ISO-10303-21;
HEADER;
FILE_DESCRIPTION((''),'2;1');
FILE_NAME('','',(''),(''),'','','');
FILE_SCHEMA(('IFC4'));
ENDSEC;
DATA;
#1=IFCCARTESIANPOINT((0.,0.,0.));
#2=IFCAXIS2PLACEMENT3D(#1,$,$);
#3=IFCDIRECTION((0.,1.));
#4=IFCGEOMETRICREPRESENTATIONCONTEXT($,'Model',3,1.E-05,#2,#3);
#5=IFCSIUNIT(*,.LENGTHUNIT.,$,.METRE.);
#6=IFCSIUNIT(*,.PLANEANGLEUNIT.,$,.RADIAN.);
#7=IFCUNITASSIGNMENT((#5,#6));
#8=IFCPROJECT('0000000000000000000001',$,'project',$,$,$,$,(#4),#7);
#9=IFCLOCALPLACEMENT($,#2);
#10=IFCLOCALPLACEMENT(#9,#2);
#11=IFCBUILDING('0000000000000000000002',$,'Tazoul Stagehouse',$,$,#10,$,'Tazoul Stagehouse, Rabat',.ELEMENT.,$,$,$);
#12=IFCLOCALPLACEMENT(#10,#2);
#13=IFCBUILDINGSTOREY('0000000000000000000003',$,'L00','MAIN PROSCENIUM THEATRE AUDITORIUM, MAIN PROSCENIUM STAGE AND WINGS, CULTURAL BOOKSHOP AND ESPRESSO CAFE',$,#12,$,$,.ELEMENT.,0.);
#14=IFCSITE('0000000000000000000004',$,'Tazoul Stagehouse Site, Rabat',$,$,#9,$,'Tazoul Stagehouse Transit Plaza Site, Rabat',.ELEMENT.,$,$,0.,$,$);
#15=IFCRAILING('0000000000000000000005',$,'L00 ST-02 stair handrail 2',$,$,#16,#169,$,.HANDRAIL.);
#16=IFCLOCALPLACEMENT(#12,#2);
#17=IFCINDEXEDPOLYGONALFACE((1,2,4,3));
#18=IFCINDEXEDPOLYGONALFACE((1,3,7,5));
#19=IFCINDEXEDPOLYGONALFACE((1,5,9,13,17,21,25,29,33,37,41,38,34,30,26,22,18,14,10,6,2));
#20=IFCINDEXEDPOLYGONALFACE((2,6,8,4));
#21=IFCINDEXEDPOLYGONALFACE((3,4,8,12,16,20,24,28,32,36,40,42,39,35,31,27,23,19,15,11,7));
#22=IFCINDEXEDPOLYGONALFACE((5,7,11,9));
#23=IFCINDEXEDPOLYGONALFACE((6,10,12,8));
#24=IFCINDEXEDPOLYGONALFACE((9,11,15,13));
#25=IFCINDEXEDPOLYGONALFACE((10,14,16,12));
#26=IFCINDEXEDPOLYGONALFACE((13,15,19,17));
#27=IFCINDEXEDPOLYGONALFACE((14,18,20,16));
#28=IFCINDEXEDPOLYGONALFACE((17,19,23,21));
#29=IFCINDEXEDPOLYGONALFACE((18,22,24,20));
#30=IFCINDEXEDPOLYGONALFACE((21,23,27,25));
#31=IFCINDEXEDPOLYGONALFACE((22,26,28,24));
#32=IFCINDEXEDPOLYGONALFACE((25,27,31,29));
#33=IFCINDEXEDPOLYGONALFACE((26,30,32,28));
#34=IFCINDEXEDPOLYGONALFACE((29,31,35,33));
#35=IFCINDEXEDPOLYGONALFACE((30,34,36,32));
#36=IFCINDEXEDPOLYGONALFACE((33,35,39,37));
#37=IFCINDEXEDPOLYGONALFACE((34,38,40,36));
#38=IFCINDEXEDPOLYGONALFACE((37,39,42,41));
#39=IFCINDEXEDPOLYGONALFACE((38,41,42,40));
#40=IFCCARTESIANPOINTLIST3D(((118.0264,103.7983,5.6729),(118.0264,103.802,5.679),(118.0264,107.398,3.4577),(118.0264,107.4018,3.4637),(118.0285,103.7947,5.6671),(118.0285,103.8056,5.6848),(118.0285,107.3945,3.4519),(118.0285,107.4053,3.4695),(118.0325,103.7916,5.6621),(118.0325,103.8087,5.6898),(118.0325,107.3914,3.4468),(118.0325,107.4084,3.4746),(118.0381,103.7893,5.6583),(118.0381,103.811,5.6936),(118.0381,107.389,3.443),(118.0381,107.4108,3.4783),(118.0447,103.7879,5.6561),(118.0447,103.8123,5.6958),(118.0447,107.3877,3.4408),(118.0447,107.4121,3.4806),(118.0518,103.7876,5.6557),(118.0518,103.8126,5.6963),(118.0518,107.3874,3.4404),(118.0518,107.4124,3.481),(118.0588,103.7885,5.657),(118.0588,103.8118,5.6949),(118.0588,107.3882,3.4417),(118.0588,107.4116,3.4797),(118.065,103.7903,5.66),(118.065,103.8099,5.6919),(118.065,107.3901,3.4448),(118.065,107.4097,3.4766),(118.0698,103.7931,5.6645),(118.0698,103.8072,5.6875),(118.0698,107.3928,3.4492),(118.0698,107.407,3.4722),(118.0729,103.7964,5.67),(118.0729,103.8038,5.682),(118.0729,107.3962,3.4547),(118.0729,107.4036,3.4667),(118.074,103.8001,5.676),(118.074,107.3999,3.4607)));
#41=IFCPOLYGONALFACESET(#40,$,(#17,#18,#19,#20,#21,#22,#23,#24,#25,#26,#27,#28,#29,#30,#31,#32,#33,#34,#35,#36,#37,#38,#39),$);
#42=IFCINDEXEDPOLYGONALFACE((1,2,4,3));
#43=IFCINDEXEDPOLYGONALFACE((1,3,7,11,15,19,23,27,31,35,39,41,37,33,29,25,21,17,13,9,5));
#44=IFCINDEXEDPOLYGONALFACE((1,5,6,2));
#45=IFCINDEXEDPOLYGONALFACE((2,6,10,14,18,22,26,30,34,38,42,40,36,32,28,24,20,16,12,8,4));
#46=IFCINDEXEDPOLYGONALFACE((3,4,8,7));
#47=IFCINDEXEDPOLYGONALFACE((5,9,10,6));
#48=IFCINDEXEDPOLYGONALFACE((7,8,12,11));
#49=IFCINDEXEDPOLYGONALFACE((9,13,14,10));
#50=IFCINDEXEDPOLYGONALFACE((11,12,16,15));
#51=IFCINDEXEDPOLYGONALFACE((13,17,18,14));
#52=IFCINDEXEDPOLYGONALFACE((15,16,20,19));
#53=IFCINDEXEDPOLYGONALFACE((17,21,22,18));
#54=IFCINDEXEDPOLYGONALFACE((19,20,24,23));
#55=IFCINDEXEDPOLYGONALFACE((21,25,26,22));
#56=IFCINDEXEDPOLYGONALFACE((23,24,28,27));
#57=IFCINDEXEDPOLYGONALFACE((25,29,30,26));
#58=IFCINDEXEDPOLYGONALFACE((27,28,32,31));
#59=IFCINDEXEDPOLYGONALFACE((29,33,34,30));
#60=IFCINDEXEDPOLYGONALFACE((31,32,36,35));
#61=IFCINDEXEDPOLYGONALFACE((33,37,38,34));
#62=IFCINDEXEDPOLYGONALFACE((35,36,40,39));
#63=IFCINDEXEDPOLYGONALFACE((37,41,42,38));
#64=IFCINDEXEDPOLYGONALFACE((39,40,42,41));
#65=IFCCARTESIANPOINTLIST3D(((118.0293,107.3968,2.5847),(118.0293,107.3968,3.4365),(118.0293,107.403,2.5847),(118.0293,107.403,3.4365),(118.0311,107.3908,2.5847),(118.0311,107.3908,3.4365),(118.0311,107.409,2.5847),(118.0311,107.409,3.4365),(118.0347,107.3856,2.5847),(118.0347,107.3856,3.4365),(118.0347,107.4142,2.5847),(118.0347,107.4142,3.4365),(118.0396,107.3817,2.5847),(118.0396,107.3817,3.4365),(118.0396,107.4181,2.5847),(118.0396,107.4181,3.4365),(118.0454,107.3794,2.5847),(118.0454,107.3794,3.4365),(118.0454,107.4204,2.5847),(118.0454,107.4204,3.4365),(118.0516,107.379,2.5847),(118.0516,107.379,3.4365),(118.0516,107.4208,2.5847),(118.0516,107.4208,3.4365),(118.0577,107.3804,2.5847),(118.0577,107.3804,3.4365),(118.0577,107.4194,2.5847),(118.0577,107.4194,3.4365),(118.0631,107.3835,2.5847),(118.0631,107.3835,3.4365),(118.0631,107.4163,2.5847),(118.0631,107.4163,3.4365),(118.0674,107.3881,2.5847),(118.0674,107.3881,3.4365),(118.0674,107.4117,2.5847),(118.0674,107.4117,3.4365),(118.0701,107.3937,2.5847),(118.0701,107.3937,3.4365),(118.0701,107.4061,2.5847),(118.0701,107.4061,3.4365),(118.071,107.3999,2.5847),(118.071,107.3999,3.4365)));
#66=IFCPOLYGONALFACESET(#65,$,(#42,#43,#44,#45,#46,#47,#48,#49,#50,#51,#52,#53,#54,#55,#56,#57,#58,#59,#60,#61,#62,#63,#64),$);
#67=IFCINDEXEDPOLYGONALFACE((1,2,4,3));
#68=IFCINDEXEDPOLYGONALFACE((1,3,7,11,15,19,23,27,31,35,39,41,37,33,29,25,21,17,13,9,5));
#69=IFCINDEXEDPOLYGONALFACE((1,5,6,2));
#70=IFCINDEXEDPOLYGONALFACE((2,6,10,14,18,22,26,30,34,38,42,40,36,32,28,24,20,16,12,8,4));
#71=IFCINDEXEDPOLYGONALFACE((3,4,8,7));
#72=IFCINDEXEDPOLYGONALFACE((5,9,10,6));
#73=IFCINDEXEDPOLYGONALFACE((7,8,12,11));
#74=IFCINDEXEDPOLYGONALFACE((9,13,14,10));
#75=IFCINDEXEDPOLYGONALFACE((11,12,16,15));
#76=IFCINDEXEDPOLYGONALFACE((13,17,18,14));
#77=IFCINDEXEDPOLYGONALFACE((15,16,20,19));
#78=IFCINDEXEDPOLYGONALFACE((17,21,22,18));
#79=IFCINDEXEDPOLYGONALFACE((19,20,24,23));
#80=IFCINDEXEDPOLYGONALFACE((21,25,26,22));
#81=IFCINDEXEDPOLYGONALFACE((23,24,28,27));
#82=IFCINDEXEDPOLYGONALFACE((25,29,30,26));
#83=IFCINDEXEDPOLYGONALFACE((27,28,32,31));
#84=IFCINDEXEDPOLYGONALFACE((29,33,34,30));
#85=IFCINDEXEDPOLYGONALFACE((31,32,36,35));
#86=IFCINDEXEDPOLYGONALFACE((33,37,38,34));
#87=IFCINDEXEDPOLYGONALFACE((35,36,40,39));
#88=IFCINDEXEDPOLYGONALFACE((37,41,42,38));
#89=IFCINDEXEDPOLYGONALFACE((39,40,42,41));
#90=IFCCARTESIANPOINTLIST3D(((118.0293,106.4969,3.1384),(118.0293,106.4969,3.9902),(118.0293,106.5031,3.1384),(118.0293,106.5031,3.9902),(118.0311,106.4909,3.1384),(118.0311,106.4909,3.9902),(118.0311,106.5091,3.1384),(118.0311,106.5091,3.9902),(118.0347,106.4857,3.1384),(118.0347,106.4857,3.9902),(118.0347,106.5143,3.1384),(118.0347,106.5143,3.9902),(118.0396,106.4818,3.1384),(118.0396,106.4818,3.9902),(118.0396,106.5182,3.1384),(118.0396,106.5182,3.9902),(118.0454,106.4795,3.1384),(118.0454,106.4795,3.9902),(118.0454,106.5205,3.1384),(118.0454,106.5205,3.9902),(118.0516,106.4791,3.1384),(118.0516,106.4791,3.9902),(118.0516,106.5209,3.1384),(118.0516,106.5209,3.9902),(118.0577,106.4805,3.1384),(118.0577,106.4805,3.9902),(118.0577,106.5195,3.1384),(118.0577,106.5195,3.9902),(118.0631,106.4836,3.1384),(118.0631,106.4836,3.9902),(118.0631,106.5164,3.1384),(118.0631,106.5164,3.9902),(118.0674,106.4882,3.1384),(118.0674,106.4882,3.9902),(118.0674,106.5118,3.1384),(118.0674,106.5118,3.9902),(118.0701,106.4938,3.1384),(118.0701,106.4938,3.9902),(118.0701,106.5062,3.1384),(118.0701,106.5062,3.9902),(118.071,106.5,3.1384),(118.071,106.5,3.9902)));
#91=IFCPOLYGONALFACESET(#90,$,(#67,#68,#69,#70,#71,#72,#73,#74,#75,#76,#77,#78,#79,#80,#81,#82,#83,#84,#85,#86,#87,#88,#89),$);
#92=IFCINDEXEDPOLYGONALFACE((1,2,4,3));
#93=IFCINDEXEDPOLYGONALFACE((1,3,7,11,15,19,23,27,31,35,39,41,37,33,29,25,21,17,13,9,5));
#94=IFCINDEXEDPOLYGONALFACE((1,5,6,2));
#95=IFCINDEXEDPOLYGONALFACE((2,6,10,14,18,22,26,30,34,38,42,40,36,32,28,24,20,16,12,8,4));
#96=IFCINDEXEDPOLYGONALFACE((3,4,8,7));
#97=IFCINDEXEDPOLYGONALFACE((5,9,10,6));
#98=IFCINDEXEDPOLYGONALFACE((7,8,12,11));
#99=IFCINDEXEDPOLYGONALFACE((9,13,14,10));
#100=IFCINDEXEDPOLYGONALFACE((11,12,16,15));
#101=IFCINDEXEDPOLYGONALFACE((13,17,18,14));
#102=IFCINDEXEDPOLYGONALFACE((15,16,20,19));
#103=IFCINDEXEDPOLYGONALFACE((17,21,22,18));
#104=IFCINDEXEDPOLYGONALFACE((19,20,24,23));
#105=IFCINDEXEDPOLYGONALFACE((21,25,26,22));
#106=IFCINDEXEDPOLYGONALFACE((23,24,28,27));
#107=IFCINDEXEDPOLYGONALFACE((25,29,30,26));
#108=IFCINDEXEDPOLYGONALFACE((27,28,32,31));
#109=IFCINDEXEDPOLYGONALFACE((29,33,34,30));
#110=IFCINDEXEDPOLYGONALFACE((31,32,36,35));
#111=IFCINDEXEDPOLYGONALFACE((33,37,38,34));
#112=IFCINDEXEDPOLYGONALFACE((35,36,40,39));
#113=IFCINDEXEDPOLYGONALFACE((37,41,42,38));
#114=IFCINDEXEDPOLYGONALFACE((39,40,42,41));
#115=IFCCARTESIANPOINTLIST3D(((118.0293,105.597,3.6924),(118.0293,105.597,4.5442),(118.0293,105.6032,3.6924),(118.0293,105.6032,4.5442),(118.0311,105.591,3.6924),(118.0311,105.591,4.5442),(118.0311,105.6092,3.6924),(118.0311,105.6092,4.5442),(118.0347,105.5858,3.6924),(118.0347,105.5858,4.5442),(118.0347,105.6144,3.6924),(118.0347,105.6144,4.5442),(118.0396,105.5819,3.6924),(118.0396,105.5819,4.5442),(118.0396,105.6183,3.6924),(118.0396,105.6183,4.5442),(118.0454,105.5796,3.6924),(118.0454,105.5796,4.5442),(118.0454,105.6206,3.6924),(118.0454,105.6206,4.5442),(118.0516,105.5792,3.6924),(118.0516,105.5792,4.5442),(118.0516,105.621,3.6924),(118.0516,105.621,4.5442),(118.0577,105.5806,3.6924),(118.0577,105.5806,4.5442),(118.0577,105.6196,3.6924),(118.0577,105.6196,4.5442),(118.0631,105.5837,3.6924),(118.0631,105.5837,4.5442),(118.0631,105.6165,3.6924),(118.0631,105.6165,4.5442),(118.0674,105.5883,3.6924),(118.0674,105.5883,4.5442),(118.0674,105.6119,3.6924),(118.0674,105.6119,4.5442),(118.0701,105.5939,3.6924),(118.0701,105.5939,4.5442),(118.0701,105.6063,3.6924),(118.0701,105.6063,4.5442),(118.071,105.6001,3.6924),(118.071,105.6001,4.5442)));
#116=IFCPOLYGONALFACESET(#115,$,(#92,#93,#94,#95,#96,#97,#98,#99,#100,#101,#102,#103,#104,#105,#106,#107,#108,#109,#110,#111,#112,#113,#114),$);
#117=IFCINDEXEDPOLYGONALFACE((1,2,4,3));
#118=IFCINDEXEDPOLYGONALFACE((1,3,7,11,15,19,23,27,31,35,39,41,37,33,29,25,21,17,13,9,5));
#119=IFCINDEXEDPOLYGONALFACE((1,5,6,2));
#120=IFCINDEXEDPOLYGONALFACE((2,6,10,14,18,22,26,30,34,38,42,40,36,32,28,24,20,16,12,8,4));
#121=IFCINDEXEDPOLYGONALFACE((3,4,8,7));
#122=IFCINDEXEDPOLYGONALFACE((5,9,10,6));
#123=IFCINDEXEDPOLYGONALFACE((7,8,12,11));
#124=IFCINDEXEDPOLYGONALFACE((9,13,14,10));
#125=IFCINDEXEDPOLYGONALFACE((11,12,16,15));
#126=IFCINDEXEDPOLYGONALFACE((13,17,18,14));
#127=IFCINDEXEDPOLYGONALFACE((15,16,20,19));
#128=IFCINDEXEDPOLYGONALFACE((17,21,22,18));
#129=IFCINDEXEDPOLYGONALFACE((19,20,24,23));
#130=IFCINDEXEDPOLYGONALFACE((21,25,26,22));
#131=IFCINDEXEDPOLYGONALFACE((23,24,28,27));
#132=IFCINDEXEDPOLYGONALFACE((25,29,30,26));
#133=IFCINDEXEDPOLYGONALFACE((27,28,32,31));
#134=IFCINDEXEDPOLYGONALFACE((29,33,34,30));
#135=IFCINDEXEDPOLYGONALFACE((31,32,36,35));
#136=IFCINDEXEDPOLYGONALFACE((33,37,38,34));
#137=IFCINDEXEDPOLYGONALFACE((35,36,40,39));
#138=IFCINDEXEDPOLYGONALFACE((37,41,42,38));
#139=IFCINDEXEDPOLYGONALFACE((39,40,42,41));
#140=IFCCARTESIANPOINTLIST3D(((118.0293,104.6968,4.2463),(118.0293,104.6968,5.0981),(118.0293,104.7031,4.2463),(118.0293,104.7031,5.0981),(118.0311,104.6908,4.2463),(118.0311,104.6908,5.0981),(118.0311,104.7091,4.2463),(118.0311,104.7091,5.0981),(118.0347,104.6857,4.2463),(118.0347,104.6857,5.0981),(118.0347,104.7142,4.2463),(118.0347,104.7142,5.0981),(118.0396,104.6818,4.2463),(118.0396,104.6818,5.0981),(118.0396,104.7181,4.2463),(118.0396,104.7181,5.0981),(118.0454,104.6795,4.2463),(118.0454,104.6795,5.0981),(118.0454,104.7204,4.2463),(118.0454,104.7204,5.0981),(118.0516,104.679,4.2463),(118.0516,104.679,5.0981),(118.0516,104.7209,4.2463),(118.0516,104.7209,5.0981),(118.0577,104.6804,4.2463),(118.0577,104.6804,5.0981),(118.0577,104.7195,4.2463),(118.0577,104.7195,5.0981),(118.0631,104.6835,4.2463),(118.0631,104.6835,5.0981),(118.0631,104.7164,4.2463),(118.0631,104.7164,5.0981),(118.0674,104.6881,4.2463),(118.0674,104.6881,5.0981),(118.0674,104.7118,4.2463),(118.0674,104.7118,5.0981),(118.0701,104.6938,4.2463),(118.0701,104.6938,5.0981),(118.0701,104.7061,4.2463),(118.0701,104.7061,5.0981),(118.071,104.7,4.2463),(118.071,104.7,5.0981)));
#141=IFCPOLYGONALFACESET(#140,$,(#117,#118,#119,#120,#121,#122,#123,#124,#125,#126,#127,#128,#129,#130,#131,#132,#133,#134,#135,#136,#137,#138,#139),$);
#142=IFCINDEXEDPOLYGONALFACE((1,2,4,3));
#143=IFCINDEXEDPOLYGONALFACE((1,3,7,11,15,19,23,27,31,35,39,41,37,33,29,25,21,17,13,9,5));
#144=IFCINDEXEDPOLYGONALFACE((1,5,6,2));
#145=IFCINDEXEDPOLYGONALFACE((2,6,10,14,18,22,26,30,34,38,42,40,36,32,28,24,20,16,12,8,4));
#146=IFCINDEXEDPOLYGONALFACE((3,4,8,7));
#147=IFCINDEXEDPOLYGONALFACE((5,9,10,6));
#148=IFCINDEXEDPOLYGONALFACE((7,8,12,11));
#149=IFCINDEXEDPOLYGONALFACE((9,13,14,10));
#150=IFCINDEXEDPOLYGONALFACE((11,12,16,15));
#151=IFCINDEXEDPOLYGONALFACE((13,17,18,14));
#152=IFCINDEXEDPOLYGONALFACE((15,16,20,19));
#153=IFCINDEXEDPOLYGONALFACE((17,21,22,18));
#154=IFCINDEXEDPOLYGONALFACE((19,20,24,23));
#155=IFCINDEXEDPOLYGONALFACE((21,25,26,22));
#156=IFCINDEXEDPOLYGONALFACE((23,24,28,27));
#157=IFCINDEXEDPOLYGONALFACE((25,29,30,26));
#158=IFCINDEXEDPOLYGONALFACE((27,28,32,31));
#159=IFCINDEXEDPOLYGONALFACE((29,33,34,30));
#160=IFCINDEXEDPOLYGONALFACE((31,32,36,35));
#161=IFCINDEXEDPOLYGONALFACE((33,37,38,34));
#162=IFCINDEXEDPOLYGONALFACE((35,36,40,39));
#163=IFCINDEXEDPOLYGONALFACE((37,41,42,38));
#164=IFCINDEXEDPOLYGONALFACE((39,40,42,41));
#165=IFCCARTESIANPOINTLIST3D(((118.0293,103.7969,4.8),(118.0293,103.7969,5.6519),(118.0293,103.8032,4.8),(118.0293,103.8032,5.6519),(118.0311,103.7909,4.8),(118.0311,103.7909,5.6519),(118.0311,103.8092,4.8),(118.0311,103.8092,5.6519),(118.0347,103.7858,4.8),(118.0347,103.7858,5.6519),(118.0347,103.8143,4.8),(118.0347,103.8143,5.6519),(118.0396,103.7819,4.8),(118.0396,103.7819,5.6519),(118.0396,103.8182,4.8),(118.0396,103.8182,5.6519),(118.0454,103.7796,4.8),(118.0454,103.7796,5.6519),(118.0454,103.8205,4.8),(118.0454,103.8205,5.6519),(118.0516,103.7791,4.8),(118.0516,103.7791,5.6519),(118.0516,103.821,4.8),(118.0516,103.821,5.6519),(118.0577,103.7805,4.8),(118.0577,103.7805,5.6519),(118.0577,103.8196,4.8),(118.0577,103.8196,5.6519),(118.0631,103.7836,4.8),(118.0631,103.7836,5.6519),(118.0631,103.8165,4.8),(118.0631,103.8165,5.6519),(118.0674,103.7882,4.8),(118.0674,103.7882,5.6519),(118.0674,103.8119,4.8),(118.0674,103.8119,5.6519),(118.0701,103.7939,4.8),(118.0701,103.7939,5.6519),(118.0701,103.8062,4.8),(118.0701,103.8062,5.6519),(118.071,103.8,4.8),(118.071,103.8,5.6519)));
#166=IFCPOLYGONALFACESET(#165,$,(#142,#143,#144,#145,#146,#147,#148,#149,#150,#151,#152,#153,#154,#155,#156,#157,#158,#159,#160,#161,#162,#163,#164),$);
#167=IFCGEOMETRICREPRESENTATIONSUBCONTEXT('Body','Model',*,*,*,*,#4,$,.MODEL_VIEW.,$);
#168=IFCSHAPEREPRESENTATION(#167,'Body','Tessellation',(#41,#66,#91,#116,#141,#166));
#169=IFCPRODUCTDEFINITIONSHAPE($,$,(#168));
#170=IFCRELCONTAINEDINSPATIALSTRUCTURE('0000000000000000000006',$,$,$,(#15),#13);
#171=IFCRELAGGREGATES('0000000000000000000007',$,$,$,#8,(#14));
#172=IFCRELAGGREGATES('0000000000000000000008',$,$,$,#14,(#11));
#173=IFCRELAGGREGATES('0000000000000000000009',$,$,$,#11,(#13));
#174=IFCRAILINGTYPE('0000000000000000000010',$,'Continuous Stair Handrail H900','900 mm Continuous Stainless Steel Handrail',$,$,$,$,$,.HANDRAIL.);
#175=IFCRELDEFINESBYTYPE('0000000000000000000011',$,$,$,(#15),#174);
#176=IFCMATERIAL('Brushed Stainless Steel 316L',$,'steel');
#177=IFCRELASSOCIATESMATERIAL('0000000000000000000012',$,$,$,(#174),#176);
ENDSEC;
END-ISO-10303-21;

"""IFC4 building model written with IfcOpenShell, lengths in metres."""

from ifc_helpers import new_model, si_unit, direction, frame, origin, origin_2d, place, context, subcontext, project, spatial, circle, extrude, material, material_profile, profile_set, type_object, element, save


model = new_model("IFC4")

# Units and contexts
model_context = context("Model", 3, precision=1e-05, world=origin(), true_north=direction((0.0, 1.0)))
body_context = subcontext(model_context, "Body", "Model", "MODEL_VIEW")
ifc_project = project(units=[si_unit("LENGTHUNIT", "METRE"), si_unit("PLANEANGLEUNIT", "RADIAN")], contexts=[model_context])

# Site, building, storey
site_placement = place(None, origin())
site = spatial("IfcSite", under=ifc_project, at=site_placement, Name="Tazoul Stagehouse Site, Rabat", LongName="Tazoul Stagehouse Transit Plaza Site, Rabat", CompositionType="ELEMENT", RefElevation=0.0)
building_placement = place(site_placement, origin())
building = spatial("IfcBuilding", under=site, at=building_placement, Name="Tazoul Stagehouse", LongName="Tazoul Stagehouse, Rabat", CompositionType="ELEMENT")
storey_placement = place(building_placement, origin())
storey = spatial("IfcBuildingStorey", under=building, at=storey_placement, Name="L00", Description="MAIN PROSCENIUM THEATRE AUDITORIUM, MAIN PROSCENIUM STAGE AND WINGS, CULTURAL BOOKSHOP AND ESPRESSO CAFE", CompositionType="ELEMENT", Elevation=0.0)

# Railing
ifc_material_1 = material(Name="Brushed Stainless Steel 316L", Category="steel")
ifc_material_profile_1 = material_profile(ifc_material_1, circle(Radius=0.021, at=origin_2d()), Name="SS HANDRAIL D42")
ifc_profile_set_1 = profile_set([ifc_material_profile_1], Name="Brushed Stainless Steel 316L")
railing_type_1 = type_object("IfcRailingType", Name="Continuous Stair Handrail H900", Description="900 mm Continuous Stainless Steel Handrail", PredefinedType="HANDRAIL", material=ifc_profile_set_1)
railing_1_placement = place(storey_placement, frame((118.05, 107.3999, 2.5847)))
element("IfcRailing", 1, at=railing_1_placement, inside=storey, type_object=railing_type_1, Name="L00 ST-02 stair handrail 2", PredefinedType="HANDRAIL", context=body_context, shape_type="SweptSolid", body=[
    extrude(circle(Radius=0.0239, at=origin_2d()), frame((0.0, 0.0, 0.876), z_axis=(0.0, -0.851654, 0.524104), x_axis=(1.0, 0.0, 0.0)), (0.0, 0.0, 1.0), 4.2268),
    extrude(circle(Radius=0.021, at=origin_2d()), origin(), (0.0, 0.0, 1.0), 0.8518),
    extrude(circle(Radius=0.021, at=origin_2d()), frame((0.0, -0.8999, 0.5537)), (0.0, 0.0, 1.0), 0.8518),
    extrude(circle(Radius=0.021, at=origin_2d()), frame((0.0, -1.7998, 1.1077)), (0.0, 0.0, 1.0), 0.8518),
    extrude(circle(Radius=0.021, at=origin_2d()), frame((0.0, -2.7, 1.6616)), (0.0, 0.0, 1.0), 0.8518),
    extrude(circle(Radius=0.021, at=origin_2d()), frame((0.0, -3.5999, 2.2153)), (0.0, 0.0, 1.0), 0.8518),
])

save(model, "model.ifc")
